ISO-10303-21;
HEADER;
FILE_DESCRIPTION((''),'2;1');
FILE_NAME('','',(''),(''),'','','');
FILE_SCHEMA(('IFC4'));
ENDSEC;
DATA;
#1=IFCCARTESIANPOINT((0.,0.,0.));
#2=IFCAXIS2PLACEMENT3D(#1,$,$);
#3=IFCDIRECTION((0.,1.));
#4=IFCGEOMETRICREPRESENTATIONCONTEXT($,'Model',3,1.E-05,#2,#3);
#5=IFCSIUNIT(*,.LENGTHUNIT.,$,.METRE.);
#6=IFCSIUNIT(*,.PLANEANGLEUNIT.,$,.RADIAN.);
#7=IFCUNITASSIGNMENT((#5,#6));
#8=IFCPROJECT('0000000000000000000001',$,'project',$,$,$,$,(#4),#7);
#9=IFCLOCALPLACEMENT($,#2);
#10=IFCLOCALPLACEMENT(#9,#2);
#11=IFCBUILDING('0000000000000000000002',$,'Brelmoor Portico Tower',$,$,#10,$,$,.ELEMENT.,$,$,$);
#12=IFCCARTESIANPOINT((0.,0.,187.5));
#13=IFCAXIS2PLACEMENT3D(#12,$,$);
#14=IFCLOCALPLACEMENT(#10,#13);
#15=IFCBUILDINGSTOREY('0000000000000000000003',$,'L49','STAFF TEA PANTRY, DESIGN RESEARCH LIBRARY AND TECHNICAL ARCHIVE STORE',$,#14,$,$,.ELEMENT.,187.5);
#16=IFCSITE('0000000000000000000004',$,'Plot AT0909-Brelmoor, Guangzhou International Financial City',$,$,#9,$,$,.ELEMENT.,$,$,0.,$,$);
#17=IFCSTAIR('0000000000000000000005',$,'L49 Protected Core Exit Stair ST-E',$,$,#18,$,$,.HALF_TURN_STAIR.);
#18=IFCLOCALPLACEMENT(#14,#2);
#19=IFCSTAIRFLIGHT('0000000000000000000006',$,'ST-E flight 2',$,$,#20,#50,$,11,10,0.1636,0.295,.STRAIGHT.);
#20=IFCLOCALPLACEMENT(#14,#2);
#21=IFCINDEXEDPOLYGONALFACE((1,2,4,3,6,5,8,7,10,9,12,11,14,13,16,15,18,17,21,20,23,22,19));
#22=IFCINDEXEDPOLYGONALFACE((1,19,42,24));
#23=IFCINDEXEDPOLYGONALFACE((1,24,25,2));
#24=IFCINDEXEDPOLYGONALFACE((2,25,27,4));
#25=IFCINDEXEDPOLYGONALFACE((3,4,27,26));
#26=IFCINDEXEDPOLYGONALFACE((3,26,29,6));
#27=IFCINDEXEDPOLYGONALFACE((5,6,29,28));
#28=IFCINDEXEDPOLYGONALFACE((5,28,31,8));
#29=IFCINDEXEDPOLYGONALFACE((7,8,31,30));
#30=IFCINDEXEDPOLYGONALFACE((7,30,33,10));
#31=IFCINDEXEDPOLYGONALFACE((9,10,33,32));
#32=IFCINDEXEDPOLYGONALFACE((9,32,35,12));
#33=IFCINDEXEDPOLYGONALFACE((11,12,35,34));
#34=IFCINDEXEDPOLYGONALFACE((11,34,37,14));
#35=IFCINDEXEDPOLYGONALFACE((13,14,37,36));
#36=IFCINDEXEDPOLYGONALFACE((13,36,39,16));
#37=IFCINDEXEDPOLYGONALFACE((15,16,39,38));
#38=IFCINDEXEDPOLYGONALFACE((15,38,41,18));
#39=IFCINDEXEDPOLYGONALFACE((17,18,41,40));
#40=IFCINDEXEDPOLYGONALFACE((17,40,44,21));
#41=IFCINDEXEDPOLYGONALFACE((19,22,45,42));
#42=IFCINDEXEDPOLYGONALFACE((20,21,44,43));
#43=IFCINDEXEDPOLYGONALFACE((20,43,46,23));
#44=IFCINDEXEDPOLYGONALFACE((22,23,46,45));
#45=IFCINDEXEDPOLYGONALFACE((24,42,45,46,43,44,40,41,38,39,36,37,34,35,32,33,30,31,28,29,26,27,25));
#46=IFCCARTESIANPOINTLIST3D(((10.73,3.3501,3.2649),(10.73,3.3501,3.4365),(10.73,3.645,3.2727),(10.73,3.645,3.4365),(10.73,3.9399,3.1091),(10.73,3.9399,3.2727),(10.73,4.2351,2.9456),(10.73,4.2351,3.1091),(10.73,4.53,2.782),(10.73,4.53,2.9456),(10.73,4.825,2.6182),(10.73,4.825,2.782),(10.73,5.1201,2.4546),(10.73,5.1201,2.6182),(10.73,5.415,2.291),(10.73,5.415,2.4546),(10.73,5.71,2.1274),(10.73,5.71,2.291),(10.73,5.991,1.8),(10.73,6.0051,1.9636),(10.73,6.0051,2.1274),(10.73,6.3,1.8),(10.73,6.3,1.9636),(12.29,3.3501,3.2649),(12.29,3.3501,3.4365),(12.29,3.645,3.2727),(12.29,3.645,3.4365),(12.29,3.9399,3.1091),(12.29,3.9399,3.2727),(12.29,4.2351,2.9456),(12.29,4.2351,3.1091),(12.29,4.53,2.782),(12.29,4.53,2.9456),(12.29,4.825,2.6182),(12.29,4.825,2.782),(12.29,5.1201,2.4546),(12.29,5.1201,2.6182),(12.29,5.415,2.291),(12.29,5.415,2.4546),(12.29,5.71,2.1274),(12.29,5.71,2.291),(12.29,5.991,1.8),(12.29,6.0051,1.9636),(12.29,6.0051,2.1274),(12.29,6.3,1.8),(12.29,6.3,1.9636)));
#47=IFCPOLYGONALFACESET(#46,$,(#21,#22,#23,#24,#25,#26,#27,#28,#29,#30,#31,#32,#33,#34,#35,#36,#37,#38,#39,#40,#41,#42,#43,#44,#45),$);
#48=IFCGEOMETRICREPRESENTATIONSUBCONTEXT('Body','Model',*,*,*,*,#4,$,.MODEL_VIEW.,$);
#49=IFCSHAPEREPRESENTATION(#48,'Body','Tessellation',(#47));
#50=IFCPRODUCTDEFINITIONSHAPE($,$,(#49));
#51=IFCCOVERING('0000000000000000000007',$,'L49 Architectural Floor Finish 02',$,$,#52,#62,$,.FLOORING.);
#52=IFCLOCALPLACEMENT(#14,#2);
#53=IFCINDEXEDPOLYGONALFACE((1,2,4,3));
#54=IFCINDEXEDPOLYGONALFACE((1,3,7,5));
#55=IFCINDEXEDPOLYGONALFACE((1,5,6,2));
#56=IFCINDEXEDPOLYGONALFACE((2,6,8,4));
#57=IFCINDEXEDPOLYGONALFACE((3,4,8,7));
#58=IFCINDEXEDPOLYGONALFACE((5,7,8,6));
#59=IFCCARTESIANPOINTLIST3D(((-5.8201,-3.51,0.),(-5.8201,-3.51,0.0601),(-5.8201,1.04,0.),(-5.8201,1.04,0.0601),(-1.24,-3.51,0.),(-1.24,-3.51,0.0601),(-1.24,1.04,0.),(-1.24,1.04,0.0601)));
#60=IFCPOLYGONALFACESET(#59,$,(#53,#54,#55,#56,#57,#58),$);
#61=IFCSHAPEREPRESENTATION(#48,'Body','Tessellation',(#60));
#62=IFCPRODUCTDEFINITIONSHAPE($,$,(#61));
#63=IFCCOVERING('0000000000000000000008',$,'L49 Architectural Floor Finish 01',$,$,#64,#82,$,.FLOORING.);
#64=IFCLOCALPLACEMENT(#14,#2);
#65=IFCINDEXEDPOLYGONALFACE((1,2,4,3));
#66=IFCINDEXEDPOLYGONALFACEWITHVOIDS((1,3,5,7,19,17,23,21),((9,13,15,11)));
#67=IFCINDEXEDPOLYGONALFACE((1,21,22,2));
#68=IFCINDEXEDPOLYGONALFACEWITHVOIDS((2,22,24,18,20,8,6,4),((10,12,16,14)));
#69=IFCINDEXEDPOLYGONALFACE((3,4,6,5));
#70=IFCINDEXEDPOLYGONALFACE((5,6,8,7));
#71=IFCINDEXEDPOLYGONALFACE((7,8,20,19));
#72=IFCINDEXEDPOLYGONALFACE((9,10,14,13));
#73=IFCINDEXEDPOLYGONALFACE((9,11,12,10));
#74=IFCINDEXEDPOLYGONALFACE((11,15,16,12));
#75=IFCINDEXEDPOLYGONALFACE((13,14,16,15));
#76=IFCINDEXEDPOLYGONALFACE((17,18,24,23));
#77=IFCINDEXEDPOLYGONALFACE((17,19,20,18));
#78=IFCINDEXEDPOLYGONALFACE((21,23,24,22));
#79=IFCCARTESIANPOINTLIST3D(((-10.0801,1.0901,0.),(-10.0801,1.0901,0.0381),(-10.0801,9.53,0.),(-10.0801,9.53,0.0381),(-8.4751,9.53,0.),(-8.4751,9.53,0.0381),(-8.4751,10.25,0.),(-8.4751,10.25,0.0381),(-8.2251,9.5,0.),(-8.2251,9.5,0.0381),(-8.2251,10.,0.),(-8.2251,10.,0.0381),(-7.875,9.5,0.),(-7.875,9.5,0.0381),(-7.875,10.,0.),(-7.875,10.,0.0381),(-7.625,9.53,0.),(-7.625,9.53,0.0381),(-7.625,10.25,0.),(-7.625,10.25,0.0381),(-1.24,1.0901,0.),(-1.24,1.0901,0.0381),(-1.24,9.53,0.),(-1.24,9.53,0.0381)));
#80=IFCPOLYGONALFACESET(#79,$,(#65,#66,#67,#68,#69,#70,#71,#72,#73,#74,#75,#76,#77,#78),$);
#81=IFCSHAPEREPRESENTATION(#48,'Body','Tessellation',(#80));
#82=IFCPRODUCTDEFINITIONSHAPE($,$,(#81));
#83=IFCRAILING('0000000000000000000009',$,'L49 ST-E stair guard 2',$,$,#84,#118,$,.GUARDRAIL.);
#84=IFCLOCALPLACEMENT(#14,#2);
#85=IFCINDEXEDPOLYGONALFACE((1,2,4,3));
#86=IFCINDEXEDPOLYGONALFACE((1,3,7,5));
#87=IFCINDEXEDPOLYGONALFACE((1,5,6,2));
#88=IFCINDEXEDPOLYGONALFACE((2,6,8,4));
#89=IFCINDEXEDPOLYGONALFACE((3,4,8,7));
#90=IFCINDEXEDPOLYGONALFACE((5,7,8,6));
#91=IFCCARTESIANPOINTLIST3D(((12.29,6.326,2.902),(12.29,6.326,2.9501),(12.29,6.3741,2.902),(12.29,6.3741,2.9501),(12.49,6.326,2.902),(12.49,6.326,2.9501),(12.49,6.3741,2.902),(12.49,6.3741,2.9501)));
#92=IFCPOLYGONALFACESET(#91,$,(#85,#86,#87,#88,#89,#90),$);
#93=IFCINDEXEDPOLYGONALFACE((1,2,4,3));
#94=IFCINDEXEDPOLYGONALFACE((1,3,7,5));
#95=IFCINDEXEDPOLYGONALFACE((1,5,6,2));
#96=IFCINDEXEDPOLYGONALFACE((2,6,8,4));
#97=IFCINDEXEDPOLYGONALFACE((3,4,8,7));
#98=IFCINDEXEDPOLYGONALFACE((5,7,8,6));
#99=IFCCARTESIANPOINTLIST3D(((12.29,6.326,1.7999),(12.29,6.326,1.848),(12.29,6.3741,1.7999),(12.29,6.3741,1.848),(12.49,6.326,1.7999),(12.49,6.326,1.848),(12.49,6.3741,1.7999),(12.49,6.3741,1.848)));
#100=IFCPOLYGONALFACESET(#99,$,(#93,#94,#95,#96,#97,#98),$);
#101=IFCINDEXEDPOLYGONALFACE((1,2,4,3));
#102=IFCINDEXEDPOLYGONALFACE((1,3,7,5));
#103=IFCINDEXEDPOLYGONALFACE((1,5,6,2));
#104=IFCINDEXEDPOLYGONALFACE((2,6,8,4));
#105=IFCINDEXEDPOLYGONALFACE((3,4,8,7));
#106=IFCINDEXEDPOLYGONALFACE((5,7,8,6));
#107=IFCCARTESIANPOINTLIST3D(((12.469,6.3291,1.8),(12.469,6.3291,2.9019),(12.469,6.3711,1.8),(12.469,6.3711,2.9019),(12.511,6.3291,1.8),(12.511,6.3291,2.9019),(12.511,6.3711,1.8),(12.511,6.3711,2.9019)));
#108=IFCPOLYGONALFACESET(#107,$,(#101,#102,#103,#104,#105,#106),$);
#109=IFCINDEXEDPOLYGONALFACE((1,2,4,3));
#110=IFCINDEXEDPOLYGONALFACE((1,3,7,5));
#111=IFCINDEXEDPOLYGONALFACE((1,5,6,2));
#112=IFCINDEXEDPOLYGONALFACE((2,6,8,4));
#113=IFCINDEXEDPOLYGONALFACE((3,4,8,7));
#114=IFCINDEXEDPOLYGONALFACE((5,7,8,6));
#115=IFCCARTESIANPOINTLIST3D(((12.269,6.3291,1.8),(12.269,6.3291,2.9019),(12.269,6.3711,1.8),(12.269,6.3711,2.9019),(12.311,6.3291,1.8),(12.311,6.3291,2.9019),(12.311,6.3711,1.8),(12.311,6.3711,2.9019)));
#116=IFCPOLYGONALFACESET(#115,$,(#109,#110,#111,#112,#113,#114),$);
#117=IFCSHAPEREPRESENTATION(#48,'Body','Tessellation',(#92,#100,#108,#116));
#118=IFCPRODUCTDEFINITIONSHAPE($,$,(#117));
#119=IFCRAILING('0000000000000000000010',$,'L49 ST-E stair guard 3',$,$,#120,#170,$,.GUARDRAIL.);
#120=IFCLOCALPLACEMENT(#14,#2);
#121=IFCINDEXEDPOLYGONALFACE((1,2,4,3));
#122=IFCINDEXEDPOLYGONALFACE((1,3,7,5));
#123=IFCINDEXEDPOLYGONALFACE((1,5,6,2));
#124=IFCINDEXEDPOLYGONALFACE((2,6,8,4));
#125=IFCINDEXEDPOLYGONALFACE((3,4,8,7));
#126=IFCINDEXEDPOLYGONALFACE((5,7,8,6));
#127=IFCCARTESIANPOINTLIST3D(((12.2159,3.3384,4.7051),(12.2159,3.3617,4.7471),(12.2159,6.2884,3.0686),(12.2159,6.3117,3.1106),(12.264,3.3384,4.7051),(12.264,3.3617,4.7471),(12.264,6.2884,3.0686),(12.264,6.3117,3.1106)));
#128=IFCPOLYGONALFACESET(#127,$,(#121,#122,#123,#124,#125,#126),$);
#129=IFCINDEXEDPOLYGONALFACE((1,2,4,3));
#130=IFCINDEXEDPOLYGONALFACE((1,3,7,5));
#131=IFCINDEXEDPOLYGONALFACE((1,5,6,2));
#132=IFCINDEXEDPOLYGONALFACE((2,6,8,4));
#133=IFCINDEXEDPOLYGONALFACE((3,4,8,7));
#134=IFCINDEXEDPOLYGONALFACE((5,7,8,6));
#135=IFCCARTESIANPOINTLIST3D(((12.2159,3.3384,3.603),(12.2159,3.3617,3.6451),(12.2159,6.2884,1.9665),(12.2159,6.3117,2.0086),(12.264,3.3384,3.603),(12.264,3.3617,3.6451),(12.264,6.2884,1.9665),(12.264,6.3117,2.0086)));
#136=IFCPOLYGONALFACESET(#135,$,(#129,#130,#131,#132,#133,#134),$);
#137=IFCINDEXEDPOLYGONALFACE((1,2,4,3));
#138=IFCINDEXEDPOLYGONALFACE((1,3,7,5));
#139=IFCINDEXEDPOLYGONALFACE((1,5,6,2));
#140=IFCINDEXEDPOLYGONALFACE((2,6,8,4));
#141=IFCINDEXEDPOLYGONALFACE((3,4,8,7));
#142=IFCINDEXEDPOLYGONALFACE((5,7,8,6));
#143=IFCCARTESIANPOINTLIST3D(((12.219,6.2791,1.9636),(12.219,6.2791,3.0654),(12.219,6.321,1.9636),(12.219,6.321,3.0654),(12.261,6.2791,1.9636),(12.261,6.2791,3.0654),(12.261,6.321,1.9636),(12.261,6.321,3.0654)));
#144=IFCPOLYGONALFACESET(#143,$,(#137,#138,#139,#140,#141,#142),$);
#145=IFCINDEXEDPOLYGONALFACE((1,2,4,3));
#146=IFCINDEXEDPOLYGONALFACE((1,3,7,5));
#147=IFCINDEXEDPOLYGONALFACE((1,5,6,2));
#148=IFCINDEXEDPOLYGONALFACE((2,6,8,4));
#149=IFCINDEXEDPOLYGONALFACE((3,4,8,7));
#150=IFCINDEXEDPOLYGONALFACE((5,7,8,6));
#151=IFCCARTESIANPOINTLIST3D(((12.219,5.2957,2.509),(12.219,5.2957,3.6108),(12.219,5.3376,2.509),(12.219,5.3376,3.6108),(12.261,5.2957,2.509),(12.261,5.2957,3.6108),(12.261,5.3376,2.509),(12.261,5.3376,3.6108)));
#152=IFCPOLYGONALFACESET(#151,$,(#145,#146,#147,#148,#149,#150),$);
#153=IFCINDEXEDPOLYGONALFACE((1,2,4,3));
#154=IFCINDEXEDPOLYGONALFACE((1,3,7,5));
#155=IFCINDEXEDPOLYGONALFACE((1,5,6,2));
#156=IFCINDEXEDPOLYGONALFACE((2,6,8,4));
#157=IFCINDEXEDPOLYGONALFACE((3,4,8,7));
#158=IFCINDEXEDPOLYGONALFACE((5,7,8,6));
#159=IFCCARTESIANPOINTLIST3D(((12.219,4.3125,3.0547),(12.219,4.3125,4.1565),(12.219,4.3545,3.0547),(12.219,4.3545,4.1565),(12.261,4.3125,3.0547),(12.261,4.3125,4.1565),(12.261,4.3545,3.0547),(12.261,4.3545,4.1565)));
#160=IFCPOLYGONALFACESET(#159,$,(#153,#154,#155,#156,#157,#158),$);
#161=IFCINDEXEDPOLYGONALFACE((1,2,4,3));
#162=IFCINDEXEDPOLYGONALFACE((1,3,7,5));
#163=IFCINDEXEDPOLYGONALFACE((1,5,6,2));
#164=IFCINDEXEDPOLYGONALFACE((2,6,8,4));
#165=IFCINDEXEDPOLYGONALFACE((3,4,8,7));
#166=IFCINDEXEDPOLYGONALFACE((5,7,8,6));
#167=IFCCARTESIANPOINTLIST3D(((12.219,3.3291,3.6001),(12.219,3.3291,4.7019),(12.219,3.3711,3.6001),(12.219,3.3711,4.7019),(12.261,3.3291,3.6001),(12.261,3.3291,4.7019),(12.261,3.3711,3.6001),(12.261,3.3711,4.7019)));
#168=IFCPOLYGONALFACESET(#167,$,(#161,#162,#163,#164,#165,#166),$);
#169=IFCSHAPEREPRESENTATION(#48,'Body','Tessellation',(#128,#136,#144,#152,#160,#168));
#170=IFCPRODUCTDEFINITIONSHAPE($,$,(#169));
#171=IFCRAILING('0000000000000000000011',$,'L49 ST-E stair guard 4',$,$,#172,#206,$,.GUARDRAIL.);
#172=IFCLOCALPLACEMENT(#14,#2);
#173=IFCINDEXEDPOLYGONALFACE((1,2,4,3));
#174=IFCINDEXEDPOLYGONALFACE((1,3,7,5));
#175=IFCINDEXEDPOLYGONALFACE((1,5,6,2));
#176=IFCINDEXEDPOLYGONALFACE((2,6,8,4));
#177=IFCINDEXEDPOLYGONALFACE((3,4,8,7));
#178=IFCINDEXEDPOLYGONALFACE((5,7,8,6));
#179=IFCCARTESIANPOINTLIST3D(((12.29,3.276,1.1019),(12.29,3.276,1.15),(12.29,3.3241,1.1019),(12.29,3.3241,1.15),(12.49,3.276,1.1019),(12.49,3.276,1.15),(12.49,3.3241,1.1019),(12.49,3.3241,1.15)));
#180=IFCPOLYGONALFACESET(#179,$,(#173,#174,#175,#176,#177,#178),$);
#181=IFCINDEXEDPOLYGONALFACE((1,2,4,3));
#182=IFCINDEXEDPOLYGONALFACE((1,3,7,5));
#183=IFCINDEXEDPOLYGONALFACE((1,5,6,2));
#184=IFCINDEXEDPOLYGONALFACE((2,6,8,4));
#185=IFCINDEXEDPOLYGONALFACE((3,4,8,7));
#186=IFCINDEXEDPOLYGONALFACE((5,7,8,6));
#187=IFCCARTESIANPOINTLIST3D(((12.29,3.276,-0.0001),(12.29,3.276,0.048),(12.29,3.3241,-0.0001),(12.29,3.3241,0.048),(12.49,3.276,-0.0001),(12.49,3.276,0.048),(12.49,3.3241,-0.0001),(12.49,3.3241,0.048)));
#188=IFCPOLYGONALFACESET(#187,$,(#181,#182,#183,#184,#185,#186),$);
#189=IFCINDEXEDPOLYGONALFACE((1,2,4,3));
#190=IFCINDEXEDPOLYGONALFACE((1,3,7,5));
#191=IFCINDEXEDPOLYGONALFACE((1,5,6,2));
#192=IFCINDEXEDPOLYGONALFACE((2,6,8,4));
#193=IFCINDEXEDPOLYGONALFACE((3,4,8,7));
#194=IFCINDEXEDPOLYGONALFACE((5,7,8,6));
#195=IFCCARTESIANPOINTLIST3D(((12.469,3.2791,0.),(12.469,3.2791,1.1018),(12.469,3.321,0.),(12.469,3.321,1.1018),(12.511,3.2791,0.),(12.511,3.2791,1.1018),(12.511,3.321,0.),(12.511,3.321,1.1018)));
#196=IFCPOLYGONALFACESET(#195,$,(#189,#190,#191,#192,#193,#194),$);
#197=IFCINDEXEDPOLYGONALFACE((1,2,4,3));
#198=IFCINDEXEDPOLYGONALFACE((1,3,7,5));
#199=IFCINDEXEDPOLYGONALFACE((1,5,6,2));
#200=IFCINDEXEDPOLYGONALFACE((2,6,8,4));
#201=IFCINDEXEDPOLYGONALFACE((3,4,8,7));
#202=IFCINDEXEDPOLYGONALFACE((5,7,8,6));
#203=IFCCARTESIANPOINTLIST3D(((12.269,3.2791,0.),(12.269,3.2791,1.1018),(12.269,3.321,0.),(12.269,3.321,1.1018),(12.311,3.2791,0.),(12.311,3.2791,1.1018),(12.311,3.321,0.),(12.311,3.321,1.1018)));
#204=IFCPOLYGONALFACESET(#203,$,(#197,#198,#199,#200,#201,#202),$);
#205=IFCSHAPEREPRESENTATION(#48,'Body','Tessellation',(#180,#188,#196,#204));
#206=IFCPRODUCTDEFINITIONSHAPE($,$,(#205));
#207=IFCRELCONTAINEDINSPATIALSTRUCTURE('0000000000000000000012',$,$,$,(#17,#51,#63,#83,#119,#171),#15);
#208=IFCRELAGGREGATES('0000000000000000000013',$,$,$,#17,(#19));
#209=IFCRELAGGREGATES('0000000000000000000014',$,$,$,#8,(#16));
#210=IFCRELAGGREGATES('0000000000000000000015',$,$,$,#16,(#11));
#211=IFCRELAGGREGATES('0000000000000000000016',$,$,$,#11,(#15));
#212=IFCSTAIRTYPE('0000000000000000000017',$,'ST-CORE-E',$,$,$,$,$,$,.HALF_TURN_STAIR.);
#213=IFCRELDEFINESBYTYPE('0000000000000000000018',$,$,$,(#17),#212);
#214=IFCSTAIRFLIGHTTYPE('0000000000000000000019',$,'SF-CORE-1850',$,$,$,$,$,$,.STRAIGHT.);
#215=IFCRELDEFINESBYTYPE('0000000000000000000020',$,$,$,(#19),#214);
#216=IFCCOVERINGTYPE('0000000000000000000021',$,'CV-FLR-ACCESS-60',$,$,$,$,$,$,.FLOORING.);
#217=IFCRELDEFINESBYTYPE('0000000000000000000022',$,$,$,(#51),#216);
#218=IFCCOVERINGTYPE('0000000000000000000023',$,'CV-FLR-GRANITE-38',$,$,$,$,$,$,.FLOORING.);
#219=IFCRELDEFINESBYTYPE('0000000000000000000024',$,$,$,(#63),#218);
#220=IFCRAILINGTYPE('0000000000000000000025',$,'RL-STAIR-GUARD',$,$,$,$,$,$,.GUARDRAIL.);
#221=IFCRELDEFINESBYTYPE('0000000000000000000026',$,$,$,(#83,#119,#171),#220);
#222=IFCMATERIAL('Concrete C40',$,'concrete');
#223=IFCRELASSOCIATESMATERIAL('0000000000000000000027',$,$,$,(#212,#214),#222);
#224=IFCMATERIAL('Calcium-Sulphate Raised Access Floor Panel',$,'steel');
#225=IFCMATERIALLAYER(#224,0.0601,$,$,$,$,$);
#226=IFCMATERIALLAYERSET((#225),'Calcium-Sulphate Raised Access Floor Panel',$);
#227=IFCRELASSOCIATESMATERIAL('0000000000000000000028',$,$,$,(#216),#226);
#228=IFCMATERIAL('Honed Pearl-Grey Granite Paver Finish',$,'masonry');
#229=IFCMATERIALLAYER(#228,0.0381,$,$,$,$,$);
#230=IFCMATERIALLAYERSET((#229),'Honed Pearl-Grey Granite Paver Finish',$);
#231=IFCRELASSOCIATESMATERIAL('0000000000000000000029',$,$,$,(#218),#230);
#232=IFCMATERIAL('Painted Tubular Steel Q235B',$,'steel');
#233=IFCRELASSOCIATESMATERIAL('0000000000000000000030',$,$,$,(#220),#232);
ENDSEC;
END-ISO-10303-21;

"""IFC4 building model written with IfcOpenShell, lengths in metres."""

from ifc_helpers import new_model, si_unit, direction, frame, origin, origin_2d, place, context, subcontext, project, spatial, polyline, rectangle, outline, extrude, material, layer, layer_set, type_object, element, aggregate, save


model = new_model("IFC4")

# Units and contexts
model_context = context("Model", 3, precision=1e-05, world=origin(), true_north=direction((0.0, 1.0)))
body_context = subcontext(model_context, "Body", "Model", "MODEL_VIEW")
ifc_project = project(units=[si_unit("LENGTHUNIT", "METRE"), si_unit("PLANEANGLEUNIT", "RADIAN")], contexts=[model_context])

# Site, building, storey
site_placement = place(None, origin())
site = spatial("IfcSite", under=ifc_project, at=site_placement, Name="Plot AT0909-Brelmoor, Guangzhou International Financial City", CompositionType="ELEMENT", RefElevation=0.0)
building_placement = place(site_placement, origin())
building = spatial("IfcBuilding", under=site, at=building_placement, Name="Brelmoor Portico Tower", CompositionType="ELEMENT")
storey_placement = place(building_placement, frame((0.0, 0.0, 187.5)))
storey = spatial("IfcBuildingStorey", under=building, at=storey_placement, Name="L49", Description="STAFF TEA PANTRY, DESIGN RESEARCH LIBRARY AND TECHNICAL ARCHIVE STORE", CompositionType="ELEMENT", Elevation=187.5)

# Stair
ifc_material_1 = material(Name="Concrete C40", Category="concrete")
stair_type_1 = type_object("IfcStairType", Name="ST-CORE-E", PredefinedType="HALF_TURN_STAIR", material=ifc_material_1)
stair_1_placement = place(storey_placement, origin())
stair_1 = element("IfcStair", 1, at=stair_1_placement, inside=storey, type_object=stair_type_1, Name="L49 Protected Core Exit Stair ST-E", PredefinedType="HALF_TURN_STAIR")

# Stair flight
stair_flight_type = type_object("IfcStairFlightType", Name="SF-CORE-1850", PredefinedType="STRAIGHT", material=ifc_material_1)
stair_flight_placement = place(storey_placement, frame((11.51, 6.3, 1.8), z_axis=(0.0, 0.0, 1.0), x_axis=(0.0, -1.0, 0.0)))
stair_flight = element("IfcStairFlight", 2, at=stair_flight_placement, type_object=stair_flight_type, Name="ST-E flight 2", NumberOfRisers=11, NumberOfTreads=10, PredefinedType="STRAIGHT", RiserHeight=0.1636, TreadLength=0.295, context=body_context, shape_type="SweptSolid", body=[
    extrude(outline(polyline([(0.0, 0.0), (0.0, 0.1636), (0.2949, 0.1636), (0.2949, 0.3274), (0.5901, 0.3274), (0.5901, 0.491), (0.885, 0.491), (0.885, 0.6545), (1.1799, 0.6545), (1.1799, 0.8181), (1.4751, 0.8181), (1.4751, 0.9819), (1.77, 0.9819), (1.77, 1.1455), (2.0649, 1.1455), (2.0649, 1.3091), (2.3601, 1.3091), (2.3601, 1.4727), (2.655, 1.4727), (2.655, 1.6365), (2.95, 1.6365), (2.95, 1.8), (2.95, 1.4648), (0.3091, 0.0), (0.0, 0.0)])), frame((0.0, 0.78, 0.0), z_axis=(0.0, -1.0, 0.0), x_axis=(1.0, 0.0, 0.0)), (0.0, 0.0, 1.0), 1.5601),
])
aggregate(stair_1, [stair_flight])

# Coverings
ifc_material_2 = material(Name="Calcium-Sulphate Raised Access Floor Panel", Category="steel")
ifc_layer_1 = layer(ifc_material_2, 0.0601)
ifc_layer_set_1 = layer_set([ifc_layer_1], Name="Calcium-Sulphate Raised Access Floor Panel")
covering_type_1 = type_object("IfcCoveringType", Name="CV-FLR-ACCESS-60", PredefinedType="FLOORING", material=ifc_layer_set_1)
covering_1_placement = place(storey_placement, origin())
element("IfcCovering", 3, at=covering_1_placement, inside=storey, type_object=covering_type_1, Name="L49 Architectural Floor Finish 02", PredefinedType="FLOORING", context=body_context, shape_type="SweptSolid", body=[
    extrude(outline(polyline([(-5.8201, -3.51), (-5.8201, 1.04), (-1.24, 1.04), (-1.24, -3.51), (-5.8201, -3.51)])), origin(), (0.0, 0.0, 1.0), 0.0601),
])
ifc_material_3 = material(Name="Honed Pearl-Grey Granite Paver Finish", Category="masonry")
ifc_layer_2 = layer(ifc_material_3, 0.0381)
ifc_layer_set_2 = layer_set([ifc_layer_2], Name="Honed Pearl-Grey Granite Paver Finish")
covering_type_2 = type_object("IfcCoveringType", Name="CV-FLR-GRANITE-38", PredefinedType="FLOORING", material=ifc_layer_set_2)
covering_2_placement = place(storey_placement, origin())
element("IfcCovering", 4, at=covering_2_placement, inside=storey, type_object=covering_type_2, Name="L49 Architectural Floor Finish 01", PredefinedType="FLOORING", context=body_context, shape_type="SweptSolid", body=[
    extrude(outline(polyline([(-10.0801, 9.53), (-8.4751, 9.53), (-8.4751, 10.25), (-7.625, 10.25), (-7.625, 9.53), (-1.24, 9.53), (-1.24, 1.0901), (-10.0801, 1.0901), (-10.0801, 9.53)]), holes=[polyline([(-7.875, 9.5), (-7.875, 10.0), (-8.2251, 10.0), (-8.2251, 9.5), (-7.875, 9.5)])]), origin(), (0.0, 0.0, 1.0), 0.0381),
])

# Railings
ifc_material_4 = material(Name="Painted Tubular Steel Q235B", Category="steel")
railing_type_1 = type_object("IfcRailingType", Name="RL-STAIR-GUARD", PredefinedType="GUARDRAIL", material=ifc_material_4)
railing_1_placement = place(storey_placement, frame((12.49, 6.3501, 1.8)))
element("IfcRailing", 5, at=railing_1_placement, inside=storey, type_object=railing_type_1, Name="L49 ST-E stair guard 2", PredefinedType="GUARDRAIL", context=body_context, shape_type="SweptSolid", body=[
    extrude(rectangle(XDim=0.0481, YDim=0.0481, at=origin_2d()), frame((0.0, 0.0, 1.126), z_axis=(-1.0, 0.0, 0.0), x_axis=(0.0, -1.0, 0.0)), (0.0, 0.0, 1.0), 0.2),
    extrude(rectangle(XDim=0.0481, YDim=0.0481, at=origin_2d()), frame((0.0, 0.0, 0.0239), z_axis=(-1.0, 0.0, 0.0), x_axis=(0.0, -1.0, 0.0)), (0.0, 0.0, 1.0), 0.2),
    extrude(rectangle(XDim=0.042, YDim=0.042, at=origin_2d()), origin(), (0.0, 0.0, 1.0), 1.1018),
    extrude(rectangle(XDim=0.042, YDim=0.042, at=origin_2d()), frame((-0.2, 0.0, 0.0)), (0.0, 0.0, 1.0), 1.1018),
])
railing_2_placement = place(storey_placement, frame((12.24, 6.3, 1.9636)))
element("IfcRailing", 6, at=railing_2_placement, inside=storey, type_object=railing_type_1, Name="L49 ST-E stair guard 3", PredefinedType="GUARDRAIL", context=body_context, shape_type="SweptSolid", body=[
    extrude(rectangle(XDim=0.0481, YDim=0.0481, at=origin_2d()), frame((0.0, 0.0, 1.126), z_axis=(0.0, -0.874458, 0.485102), x_axis=(1.0, 0.0, 0.0)), (0.0, 0.0, 1.0), 3.3735),
    extrude(rectangle(XDim=0.0481, YDim=0.0481, at=origin_2d()), frame((0.0, 0.0, 0.0239), z_axis=(0.0, -0.874458, 0.485102), x_axis=(1.0, 0.0, 0.0)), (0.0, 0.0, 1.0), 3.3735),
    extrude(rectangle(XDim=0.042, YDim=0.042, at=origin_2d()), origin(), (0.0, 0.0, 1.0), 1.1018),
    extrude(rectangle(XDim=0.042, YDim=0.042, at=origin_2d()), frame((0.0, -0.9834, 0.5454)), (0.0, 0.0, 1.0), 1.1018),
    extrude(rectangle(XDim=0.042, YDim=0.042, at=origin_2d()), frame((0.0, -1.9666, 1.0911)), (0.0, 0.0, 1.0), 1.1018),
    extrude(rectangle(XDim=0.042, YDim=0.042, at=origin_2d()), frame((0.0, -2.95, 1.6365)), (0.0, 0.0, 1.0), 1.1018),
])
railing_3_placement = place(storey_placement, frame((12.49, 3.3, 0.0)))
element("IfcRailing", 7, at=railing_3_placement, inside=storey, type_object=railing_type_1, Name="L49 ST-E stair guard 4", PredefinedType="GUARDRAIL", context=body_context, shape_type="SweptSolid", body=[
    extrude(rectangle(XDim=0.0481, YDim=0.0481, at=origin_2d()), frame((0.0, 0.0, 1.126), z_axis=(-1.0, 0.0, 0.0), x_axis=(0.0, -1.0, 0.0)), (0.0, 0.0, 1.0), 0.2),
    extrude(rectangle(XDim=0.0481, YDim=0.0481, at=origin_2d()), frame((0.0, 0.0, 0.0239), z_axis=(-1.0, 0.0, 0.0), x_axis=(0.0, -1.0, 0.0)), (0.0, 0.0, 1.0), 0.2),
    extrude(rectangle(XDim=0.042, YDim=0.042, at=origin_2d()), origin(), (0.0, 0.0, 1.0), 1.1018),
    extrude(rectangle(XDim=0.042, YDim=0.042, at=origin_2d()), frame((-0.2, 0.0, 0.0)), (0.0, 0.0, 1.0), 1.1018),
])

save(model, "model.ifc")
